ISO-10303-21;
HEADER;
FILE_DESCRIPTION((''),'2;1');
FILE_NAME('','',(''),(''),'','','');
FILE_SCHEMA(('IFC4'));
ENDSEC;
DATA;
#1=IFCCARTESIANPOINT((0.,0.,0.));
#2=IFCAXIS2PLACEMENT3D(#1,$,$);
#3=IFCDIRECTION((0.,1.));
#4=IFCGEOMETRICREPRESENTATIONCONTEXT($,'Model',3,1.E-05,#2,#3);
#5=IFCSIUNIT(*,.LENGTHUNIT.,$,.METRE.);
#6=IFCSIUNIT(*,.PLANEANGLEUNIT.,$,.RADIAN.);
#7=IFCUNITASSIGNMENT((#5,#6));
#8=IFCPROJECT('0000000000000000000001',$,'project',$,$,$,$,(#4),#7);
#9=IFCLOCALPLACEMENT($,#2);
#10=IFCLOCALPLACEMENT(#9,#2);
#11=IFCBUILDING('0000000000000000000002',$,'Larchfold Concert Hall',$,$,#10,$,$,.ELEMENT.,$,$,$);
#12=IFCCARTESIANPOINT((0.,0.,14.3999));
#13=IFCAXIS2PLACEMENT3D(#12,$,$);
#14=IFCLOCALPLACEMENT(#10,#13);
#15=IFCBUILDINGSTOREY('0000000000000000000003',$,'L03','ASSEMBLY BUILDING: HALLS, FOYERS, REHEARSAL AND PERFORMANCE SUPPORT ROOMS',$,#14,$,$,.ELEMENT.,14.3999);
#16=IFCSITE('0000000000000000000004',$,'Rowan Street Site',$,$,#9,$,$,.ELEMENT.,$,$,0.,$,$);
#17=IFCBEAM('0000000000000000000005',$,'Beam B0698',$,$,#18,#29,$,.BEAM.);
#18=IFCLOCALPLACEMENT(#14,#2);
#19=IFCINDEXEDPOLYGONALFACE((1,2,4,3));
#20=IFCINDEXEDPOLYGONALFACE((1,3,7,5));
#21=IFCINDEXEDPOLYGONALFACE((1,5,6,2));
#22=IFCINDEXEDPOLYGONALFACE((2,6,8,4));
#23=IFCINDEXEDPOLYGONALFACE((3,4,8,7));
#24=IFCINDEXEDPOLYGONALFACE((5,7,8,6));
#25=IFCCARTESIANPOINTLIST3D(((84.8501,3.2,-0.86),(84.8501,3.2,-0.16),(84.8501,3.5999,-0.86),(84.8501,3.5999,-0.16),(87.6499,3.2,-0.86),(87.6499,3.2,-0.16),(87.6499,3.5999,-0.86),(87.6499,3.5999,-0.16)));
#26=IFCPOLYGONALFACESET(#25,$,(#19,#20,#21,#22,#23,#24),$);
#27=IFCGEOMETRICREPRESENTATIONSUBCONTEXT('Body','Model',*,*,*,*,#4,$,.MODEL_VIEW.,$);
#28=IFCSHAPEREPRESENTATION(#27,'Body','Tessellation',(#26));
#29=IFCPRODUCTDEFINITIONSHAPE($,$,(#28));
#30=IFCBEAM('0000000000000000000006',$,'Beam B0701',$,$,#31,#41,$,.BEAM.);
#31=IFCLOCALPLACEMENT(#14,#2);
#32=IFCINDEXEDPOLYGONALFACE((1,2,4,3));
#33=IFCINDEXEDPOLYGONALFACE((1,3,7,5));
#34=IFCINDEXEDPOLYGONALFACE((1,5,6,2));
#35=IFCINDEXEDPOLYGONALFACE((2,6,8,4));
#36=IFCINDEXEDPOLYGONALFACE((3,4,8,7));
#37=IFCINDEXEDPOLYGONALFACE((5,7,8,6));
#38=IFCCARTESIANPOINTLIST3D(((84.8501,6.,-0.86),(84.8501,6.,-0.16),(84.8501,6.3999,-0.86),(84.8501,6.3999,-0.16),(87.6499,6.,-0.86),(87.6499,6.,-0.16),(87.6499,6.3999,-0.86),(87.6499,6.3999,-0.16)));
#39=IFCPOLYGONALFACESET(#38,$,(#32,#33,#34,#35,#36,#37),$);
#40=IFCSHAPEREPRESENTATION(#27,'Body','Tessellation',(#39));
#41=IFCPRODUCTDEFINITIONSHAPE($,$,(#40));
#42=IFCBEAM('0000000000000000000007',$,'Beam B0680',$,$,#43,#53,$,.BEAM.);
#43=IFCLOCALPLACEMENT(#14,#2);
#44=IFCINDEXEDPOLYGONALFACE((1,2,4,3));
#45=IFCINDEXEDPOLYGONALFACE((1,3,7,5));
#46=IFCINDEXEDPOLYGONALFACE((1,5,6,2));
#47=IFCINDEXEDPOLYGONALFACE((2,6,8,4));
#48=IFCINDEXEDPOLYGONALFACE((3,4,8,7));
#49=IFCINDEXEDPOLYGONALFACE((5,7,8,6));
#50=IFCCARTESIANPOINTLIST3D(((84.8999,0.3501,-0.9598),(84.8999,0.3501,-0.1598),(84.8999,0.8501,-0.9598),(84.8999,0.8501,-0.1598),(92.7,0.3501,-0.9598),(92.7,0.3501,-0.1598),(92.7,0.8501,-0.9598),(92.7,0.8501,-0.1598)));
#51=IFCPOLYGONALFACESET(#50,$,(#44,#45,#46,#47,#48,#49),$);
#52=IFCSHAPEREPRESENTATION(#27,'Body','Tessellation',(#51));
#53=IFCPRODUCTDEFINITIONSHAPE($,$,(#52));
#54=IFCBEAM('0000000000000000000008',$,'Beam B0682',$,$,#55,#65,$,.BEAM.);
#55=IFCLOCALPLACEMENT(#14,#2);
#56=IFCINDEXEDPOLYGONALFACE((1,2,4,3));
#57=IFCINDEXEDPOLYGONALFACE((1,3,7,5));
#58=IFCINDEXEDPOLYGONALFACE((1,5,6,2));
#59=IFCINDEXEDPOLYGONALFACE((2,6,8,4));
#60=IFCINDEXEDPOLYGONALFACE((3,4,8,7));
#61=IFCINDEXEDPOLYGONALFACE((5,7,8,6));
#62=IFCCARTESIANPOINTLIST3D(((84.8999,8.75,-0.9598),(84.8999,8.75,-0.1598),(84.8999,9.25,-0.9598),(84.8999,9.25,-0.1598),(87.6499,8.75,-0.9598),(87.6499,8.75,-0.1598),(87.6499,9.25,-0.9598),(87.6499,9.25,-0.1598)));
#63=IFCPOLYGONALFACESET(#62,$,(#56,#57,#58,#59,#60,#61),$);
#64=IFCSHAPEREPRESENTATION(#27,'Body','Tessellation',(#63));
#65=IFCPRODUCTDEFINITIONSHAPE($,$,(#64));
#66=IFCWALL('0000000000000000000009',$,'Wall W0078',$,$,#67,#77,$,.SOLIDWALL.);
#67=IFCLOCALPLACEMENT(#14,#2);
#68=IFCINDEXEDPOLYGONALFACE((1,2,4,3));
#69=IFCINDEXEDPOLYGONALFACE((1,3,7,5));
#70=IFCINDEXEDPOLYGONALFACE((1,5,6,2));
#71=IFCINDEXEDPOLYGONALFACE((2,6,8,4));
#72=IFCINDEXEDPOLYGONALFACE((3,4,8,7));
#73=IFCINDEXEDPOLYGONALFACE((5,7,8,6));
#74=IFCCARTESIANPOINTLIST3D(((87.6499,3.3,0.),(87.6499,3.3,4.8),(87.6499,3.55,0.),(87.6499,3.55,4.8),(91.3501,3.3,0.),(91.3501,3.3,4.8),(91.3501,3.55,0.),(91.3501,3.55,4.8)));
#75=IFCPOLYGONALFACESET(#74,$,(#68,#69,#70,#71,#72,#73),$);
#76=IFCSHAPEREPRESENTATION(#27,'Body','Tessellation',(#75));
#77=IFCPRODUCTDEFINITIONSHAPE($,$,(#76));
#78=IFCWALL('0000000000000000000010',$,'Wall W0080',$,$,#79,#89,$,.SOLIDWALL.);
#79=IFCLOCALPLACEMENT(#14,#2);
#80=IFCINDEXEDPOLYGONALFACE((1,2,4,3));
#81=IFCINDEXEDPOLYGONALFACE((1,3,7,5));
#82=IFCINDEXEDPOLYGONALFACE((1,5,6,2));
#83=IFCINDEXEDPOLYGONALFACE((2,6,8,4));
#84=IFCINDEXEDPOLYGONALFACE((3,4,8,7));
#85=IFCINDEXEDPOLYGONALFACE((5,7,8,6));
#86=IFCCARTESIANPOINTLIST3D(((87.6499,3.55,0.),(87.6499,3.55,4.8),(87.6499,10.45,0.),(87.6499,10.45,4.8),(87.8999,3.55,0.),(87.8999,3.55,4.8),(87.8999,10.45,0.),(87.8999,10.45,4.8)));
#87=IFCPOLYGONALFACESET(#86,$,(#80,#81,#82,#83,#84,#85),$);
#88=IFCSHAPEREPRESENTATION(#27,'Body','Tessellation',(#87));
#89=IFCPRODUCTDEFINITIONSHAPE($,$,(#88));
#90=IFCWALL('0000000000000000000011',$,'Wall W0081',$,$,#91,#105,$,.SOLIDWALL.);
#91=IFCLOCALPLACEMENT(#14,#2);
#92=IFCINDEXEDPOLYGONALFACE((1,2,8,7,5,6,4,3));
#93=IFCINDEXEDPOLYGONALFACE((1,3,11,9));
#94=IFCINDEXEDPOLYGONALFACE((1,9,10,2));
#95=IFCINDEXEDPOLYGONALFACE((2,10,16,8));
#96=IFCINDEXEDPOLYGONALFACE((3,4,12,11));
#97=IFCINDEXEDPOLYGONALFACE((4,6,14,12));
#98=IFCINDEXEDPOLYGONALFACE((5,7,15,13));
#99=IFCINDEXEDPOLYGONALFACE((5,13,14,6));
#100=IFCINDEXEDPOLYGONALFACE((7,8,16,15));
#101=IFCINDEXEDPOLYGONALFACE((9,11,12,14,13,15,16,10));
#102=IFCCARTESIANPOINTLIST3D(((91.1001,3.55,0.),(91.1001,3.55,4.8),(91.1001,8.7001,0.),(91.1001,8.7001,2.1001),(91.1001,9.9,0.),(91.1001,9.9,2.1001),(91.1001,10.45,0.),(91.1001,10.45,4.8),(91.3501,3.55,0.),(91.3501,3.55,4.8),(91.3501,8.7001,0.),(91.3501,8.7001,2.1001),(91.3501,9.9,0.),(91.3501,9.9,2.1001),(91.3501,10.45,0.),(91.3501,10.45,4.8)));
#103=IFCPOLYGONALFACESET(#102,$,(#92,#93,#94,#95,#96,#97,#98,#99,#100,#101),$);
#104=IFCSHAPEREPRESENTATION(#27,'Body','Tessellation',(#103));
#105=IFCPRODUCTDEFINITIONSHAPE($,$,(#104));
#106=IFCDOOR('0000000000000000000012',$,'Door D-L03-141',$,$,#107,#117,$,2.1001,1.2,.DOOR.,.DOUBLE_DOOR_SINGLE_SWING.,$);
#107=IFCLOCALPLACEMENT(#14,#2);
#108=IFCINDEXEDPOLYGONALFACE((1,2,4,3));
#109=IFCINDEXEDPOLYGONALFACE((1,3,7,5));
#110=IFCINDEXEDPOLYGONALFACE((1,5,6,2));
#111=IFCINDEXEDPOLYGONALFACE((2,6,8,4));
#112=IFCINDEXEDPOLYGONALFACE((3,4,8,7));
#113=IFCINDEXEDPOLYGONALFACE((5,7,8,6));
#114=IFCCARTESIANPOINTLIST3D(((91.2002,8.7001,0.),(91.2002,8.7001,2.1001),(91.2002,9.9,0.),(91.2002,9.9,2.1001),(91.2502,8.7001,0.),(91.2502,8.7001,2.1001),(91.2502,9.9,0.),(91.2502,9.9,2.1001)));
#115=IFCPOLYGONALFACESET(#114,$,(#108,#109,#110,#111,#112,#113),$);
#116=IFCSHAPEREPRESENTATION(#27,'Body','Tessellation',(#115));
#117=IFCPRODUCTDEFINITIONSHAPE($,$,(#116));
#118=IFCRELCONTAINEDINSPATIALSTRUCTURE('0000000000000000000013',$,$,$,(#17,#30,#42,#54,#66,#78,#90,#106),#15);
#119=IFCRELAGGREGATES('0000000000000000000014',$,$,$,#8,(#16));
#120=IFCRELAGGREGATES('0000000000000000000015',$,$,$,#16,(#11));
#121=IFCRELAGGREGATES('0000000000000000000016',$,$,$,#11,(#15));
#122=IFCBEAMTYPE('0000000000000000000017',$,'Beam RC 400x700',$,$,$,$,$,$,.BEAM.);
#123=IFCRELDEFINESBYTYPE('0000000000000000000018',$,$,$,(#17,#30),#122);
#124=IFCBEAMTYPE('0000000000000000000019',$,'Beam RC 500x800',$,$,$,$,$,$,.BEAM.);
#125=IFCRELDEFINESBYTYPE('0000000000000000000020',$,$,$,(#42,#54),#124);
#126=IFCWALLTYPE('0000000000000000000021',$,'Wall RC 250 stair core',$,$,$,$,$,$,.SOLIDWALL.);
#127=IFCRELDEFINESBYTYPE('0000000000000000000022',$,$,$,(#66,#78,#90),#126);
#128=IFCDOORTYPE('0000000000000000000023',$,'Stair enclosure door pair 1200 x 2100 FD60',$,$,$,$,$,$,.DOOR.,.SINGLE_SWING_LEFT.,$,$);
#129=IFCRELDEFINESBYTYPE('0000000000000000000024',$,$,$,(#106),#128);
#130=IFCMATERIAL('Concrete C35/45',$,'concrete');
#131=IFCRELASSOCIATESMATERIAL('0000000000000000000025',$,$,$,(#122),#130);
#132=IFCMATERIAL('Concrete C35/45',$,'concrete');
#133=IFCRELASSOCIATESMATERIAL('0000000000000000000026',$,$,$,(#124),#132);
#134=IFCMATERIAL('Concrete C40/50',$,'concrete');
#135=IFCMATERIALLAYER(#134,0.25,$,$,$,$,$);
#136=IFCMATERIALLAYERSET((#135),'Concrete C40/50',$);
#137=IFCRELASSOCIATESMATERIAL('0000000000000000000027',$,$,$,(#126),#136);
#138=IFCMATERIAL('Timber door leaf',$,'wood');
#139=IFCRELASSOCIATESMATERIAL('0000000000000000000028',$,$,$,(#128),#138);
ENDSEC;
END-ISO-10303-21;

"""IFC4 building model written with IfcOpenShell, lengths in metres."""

from ifc_helpers import new_model, si_unit, direction, frame, frame_2d, origin, origin_2d, place, context, subcontext, project, spatial, rectangle, extrude, material, layer, layer_set, material_profile, profile_set, type_object, element, fill, save


model = new_model("IFC4")

# Units and contexts
model_context = context("Model", 3, precision=1e-05, world=origin(), true_north=direction((0.0, 1.0)))
body_context = subcontext(model_context, "Body", "Model", "MODEL_VIEW")
ifc_project = project(units=[si_unit("LENGTHUNIT", "METRE"), si_unit("PLANEANGLEUNIT", "RADIAN")], contexts=[model_context])

# Site, building, storey
site_placement = place(None, origin())
site = spatial("IfcSite", under=ifc_project, at=site_placement, Name="Rowan Street Site", CompositionType="ELEMENT", RefElevation=0.0)
building_placement = place(site_placement, origin())
building = spatial("IfcBuilding", under=site, at=building_placement, Name="Larchfold Concert Hall", CompositionType="ELEMENT")
storey_placement = place(building_placement, frame((0.0, 0.0, 14.3999)))
storey = spatial("IfcBuildingStorey", under=building, at=storey_placement, Name="L03", Description="ASSEMBLY BUILDING: HALLS, FOYERS, REHEARSAL AND PERFORMANCE SUPPORT ROOMS", CompositionType="ELEMENT", Elevation=14.3999)

# Beams
ifc_material_1 = material(Name="Concrete C35/45", Category="concrete")
ifc_material_profile_1 = material_profile(ifc_material_1, rectangle(XDim=0.3999, YDim=0.7, at=origin_2d()))
ifc_profile_set_1 = profile_set([ifc_material_profile_1], Name="Concrete C35/45")
beam_type_1 = type_object("IfcBeamType", Name="Beam RC 400x700", PredefinedType="BEAM", material=ifc_profile_set_1)
for number, where, z_axis, x_axis, name in (
    (1, (84.8501, 3.3999, -0.51), (1.0, 0.0, 0.0), (0.0, 1.0, 0.0), "Beam B0698"),
    (2, (84.8501, 6.2, -0.51), (1.0, 0.0, 0.0), (0.0, 1.0, 0.0), "Beam B0701"),
):
    element("IfcBeam", number, at=place(storey_placement, frame(where, z_axis=z_axis, x_axis=x_axis)), inside=storey, type_object=beam_type_1, Name=name, PredefinedType="BEAM", context=body_context, shape_type="SweptSolid", body=[
        extrude(rectangle(XDim=0.3999, YDim=0.7, at=origin_2d()), origin(), (0.0, 0.0, 1.0), 2.7998),
    ])
ifc_material_2 = material(Name="Concrete C35/45", Category="concrete")
ifc_material_profile_2 = material_profile(ifc_material_2, rectangle(XDim=0.5, YDim=0.8, at=origin_2d()))
ifc_profile_set_2 = profile_set([ifc_material_profile_2], Name="Concrete C35/45")
beam_type_2 = type_object("IfcBeamType", Name="Beam RC 500x800", PredefinedType="BEAM", material=ifc_profile_set_2)
beam_1_placement = place(storey_placement, frame((84.8999, 0.6001, -0.5598), z_axis=(1.0, 0.0, 0.0), x_axis=(0.0, 1.0, 0.0)))
element("IfcBeam", 3, at=beam_1_placement, inside=storey, type_object=beam_type_2, Name="Beam B0680", PredefinedType="BEAM", context=body_context, shape_type="SweptSolid", body=[
    extrude(rectangle(XDim=0.5, YDim=0.8, at=origin_2d()), origin(), (0.0, 0.0, 1.0), 7.8),
])
beam_2_placement = place(storey_placement, frame((84.8999, 9.0, -0.5598), z_axis=(1.0, 0.0, 0.0), x_axis=(0.0, 1.0, 0.0)))
element("IfcBeam", 4, at=beam_2_placement, inside=storey, type_object=beam_type_2, Name="Beam B0682", PredefinedType="BEAM", context=body_context, shape_type="SweptSolid", body=[
    extrude(rectangle(XDim=0.5, YDim=0.8, at=origin_2d()), origin(), (0.0, 0.0, 1.0), 2.75),
])

# Walls
ifc_material_3 = material(Name="Concrete C40/50", Category="concrete")
ifc_layer_1 = layer(ifc_material_3, 0.25)
ifc_layer_set_1 = layer_set([ifc_layer_1], Name="Concrete C40/50")
wall_type_1 = type_object("IfcWallType", Name="Wall RC 250 stair core", PredefinedType="SOLIDWALL", material=ifc_layer_set_1)
wall_1_placement = place(storey_placement, frame((87.6499, 3.425, 0.0), z_axis=(0.0, 0.0, 1.0), x_axis=(1.0, 0.0, 0.0)))
element("IfcWall", 5, at=wall_1_placement, inside=storey, type_object=wall_type_1, Name="Wall W0078", PredefinedType="SOLIDWALL", context=body_context, shape_type="SweptSolid", body=[
    extrude(rectangle(XDim=3.7002, YDim=0.25, at=frame_2d((1.8501, 0.0))), origin(), (0.0, 0.0, 1.0), 4.8),
])
wall_2_placement = place(storey_placement, frame((87.7749, 3.55, 0.0), z_axis=(0.0, 0.0, 1.0), x_axis=(0.0, 1.0, 0.0)))
element("IfcWall", 6, at=wall_2_placement, inside=storey, type_object=wall_type_1, Name="Wall W0080", PredefinedType="SOLIDWALL", context=body_context, shape_type="SweptSolid", body=[
    extrude(rectangle(XDim=6.8999, YDim=0.25, at=frame_2d((3.45, 0.0))), origin(), (0.0, 0.0, 1.0), 4.8),
])

# Wall, opening, door
wall_3_placement = place(storey_placement, frame((91.2251, 3.55, 0.0), z_axis=(0.0, 0.0, 1.0), x_axis=(0.0, 1.0, 0.0)))
wall_3 = element("IfcWall", 7, at=wall_3_placement, inside=storey, type_object=wall_type_1, Name="Wall W0081", PredefinedType="SOLIDWALL", context=body_context, shape_type="SweptSolid", body=[
    extrude(rectangle(XDim=6.8999, YDim=0.25, at=frame_2d((3.45, 0.0))), origin(), (0.0, 0.0, 1.0), 4.8),
])
opening_1_placement = place(wall_3_placement, frame((5.1499, 0.0, 0.0)))
opening_1 = element("IfcOpeningElement", 8, at=opening_1_placement, cuts=wall_3, PredefinedType="OPENING", context=body_context, shape_type="SweptSolid", body=[
    extrude(rectangle(XDim=1.2, YDim=2.1001, at=frame_2d((0.6001, 1.05))), frame((0.0, 0.135, 0.0), z_axis=(0.0, -1.0, 0.0), x_axis=(1.0, 0.0, 0.0)), (0.0, 0.0, 1.0), 0.27),
])
ifc_material_4 = material(Name="Timber door leaf", Category="wood")
door_type = type_object("IfcDoorType", Name="Stair enclosure door pair 1200 x 2100 FD60", OperationType="SINGLE_SWING_LEFT", PredefinedType="DOOR", material=ifc_material_4)
door_placement = place(opening_1_placement, origin())
door = element("IfcDoor", 9, at=door_placement, inside=storey, type_object=door_type, Name="Door D-L03-141", OperationType="DOUBLE_DOOR_SINGLE_SWING", OverallHeight=2.1001, OverallWidth=1.2, PredefinedType="DOOR", context=body_context, shape_type="SweptSolid", body=[
    extrude(rectangle(XDim=1.2, YDim=2.1001, at=frame_2d((0.6001, 1.05))), frame((0.0, 0.0249, 0.0), z_axis=(0.0, -1.0, 0.0), x_axis=(1.0, 0.0, 0.0)), (0.0, 0.0, 1.0), 0.05),
])
fill(opening_1, door)

save(model, "model.ifc")
